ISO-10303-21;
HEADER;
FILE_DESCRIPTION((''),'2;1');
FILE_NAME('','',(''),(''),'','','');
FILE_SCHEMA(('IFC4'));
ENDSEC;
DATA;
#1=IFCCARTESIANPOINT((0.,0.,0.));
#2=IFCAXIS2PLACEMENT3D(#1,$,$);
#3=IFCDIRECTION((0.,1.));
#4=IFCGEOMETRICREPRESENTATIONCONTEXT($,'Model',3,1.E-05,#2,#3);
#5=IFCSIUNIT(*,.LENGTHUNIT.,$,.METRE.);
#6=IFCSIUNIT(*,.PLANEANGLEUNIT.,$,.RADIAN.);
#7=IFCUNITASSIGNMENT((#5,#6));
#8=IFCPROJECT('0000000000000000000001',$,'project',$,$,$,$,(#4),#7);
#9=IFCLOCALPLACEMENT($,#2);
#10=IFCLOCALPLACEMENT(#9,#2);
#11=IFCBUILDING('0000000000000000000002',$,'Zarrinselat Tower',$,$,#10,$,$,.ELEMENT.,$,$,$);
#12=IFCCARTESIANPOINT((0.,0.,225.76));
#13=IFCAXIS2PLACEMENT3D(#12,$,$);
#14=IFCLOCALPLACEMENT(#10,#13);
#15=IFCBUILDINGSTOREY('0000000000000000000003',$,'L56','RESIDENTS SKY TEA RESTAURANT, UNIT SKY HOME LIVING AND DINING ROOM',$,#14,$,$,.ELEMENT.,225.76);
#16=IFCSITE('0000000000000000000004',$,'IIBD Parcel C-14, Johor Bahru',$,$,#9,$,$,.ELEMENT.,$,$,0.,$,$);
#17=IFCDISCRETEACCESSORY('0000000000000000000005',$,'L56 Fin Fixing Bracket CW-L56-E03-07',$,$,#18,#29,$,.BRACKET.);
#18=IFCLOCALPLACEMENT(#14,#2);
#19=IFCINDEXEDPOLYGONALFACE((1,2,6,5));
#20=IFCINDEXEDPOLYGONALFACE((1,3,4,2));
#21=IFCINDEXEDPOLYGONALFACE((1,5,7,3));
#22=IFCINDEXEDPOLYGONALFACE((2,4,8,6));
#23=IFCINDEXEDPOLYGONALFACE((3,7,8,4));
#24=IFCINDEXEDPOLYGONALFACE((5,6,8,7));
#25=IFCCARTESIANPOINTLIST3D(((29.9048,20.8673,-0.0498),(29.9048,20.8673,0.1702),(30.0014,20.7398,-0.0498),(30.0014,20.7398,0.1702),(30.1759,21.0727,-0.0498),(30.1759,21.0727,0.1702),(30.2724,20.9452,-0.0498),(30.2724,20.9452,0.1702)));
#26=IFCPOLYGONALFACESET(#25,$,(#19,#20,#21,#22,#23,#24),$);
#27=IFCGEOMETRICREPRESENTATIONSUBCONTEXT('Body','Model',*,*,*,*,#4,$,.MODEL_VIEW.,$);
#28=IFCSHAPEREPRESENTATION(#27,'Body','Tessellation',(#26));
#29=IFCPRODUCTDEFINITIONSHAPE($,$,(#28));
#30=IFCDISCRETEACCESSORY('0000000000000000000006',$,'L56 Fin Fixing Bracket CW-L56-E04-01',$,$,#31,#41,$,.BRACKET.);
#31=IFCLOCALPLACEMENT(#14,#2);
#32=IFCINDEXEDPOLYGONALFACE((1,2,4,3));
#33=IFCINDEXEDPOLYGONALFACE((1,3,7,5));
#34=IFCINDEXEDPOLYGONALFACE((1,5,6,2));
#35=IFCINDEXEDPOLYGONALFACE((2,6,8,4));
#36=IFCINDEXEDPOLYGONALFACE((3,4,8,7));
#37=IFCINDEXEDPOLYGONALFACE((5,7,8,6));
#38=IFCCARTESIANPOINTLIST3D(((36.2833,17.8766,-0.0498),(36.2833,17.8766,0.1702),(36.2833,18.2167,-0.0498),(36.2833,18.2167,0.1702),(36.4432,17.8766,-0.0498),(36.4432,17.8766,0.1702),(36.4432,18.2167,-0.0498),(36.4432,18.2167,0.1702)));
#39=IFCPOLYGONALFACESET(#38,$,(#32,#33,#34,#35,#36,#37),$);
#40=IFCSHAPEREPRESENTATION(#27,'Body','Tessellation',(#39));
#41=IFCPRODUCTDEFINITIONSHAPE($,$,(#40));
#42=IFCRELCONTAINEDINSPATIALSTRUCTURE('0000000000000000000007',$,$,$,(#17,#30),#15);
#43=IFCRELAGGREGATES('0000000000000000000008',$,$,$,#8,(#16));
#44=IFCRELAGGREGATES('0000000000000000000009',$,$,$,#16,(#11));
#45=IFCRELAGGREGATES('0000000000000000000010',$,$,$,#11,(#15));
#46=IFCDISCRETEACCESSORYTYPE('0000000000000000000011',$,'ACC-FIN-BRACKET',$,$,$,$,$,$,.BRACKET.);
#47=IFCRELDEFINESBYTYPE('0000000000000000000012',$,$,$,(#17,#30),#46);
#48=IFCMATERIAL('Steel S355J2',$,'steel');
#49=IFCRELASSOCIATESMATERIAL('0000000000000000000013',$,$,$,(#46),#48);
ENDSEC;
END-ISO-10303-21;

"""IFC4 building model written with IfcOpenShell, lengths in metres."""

from ifc_helpers import new_model, si_unit, direction, frame, origin, origin_2d, place, context, subcontext, project, spatial, rectangle, extrude, material, type_object, element, save


model = new_model("IFC4")

# Units and contexts
model_context = context("Model", 3, precision=1e-05, world=origin(), true_north=direction((0.0, 1.0)))
body_context = subcontext(model_context, "Body", "Model", "MODEL_VIEW")
ifc_project = project(units=[si_unit("LENGTHUNIT", "METRE"), si_unit("PLANEANGLEUNIT", "RADIAN")], contexts=[model_context])

# Site, building, storey
site_placement = place(None, origin())
site = spatial("IfcSite", under=ifc_project, at=site_placement, Name="IIBD Parcel C-14, Johor Bahru", CompositionType="ELEMENT", RefElevation=0.0)
building_placement = place(site_placement, origin())
building = spatial("IfcBuilding", under=site, at=building_placement, Name="Zarrinselat Tower", CompositionType="ELEMENT")
storey_placement = place(building_placement, frame((0.0, 0.0, 225.76)))
storey = spatial("IfcBuildingStorey", under=building, at=storey_placement, Name="L56", Description="RESIDENTS SKY TEA RESTAURANT, UNIT SKY HOME LIVING AND DINING ROOM", CompositionType="ELEMENT", Elevation=225.76)

# Discrete accessories
ifc_material_1 = material(Name="Steel S355J2", Category="steel")
discrete_accessory_type = type_object("IfcDiscreteAccessoryType", Name="ACC-FIN-BRACKET", PredefinedType="BRACKET", material=ifc_material_1)
for number, where, z_axis, x_axis, name in (
    (1, (30.0886, 20.9062, -0.0498), (0.0, 0.0, 1.0), (-0.797091, -0.60386, 0.0), "L56 Fin Fixing Bracket CW-L56-E03-07"),
    (2, (36.3633, 18.0466, -0.0498), (0.0, 0.0, 1.0), (0.0, -1.0, 0.0), "L56 Fin Fixing Bracket CW-L56-E04-01"),
):
    element("IfcDiscreteAccessory", number, at=place(storey_placement, frame(where, z_axis=z_axis, x_axis=x_axis)), inside=storey, type_object=discrete_accessory_type, Name=name, PredefinedType="BRACKET", context=body_context, shape_type="SweptSolid", body=[
        extrude(rectangle(XDim=0.3401, YDim=0.1599, at=origin_2d()), origin(), (0.0, 0.0, 1.0), 0.22),
    ])

save(model, "model.ifc")
